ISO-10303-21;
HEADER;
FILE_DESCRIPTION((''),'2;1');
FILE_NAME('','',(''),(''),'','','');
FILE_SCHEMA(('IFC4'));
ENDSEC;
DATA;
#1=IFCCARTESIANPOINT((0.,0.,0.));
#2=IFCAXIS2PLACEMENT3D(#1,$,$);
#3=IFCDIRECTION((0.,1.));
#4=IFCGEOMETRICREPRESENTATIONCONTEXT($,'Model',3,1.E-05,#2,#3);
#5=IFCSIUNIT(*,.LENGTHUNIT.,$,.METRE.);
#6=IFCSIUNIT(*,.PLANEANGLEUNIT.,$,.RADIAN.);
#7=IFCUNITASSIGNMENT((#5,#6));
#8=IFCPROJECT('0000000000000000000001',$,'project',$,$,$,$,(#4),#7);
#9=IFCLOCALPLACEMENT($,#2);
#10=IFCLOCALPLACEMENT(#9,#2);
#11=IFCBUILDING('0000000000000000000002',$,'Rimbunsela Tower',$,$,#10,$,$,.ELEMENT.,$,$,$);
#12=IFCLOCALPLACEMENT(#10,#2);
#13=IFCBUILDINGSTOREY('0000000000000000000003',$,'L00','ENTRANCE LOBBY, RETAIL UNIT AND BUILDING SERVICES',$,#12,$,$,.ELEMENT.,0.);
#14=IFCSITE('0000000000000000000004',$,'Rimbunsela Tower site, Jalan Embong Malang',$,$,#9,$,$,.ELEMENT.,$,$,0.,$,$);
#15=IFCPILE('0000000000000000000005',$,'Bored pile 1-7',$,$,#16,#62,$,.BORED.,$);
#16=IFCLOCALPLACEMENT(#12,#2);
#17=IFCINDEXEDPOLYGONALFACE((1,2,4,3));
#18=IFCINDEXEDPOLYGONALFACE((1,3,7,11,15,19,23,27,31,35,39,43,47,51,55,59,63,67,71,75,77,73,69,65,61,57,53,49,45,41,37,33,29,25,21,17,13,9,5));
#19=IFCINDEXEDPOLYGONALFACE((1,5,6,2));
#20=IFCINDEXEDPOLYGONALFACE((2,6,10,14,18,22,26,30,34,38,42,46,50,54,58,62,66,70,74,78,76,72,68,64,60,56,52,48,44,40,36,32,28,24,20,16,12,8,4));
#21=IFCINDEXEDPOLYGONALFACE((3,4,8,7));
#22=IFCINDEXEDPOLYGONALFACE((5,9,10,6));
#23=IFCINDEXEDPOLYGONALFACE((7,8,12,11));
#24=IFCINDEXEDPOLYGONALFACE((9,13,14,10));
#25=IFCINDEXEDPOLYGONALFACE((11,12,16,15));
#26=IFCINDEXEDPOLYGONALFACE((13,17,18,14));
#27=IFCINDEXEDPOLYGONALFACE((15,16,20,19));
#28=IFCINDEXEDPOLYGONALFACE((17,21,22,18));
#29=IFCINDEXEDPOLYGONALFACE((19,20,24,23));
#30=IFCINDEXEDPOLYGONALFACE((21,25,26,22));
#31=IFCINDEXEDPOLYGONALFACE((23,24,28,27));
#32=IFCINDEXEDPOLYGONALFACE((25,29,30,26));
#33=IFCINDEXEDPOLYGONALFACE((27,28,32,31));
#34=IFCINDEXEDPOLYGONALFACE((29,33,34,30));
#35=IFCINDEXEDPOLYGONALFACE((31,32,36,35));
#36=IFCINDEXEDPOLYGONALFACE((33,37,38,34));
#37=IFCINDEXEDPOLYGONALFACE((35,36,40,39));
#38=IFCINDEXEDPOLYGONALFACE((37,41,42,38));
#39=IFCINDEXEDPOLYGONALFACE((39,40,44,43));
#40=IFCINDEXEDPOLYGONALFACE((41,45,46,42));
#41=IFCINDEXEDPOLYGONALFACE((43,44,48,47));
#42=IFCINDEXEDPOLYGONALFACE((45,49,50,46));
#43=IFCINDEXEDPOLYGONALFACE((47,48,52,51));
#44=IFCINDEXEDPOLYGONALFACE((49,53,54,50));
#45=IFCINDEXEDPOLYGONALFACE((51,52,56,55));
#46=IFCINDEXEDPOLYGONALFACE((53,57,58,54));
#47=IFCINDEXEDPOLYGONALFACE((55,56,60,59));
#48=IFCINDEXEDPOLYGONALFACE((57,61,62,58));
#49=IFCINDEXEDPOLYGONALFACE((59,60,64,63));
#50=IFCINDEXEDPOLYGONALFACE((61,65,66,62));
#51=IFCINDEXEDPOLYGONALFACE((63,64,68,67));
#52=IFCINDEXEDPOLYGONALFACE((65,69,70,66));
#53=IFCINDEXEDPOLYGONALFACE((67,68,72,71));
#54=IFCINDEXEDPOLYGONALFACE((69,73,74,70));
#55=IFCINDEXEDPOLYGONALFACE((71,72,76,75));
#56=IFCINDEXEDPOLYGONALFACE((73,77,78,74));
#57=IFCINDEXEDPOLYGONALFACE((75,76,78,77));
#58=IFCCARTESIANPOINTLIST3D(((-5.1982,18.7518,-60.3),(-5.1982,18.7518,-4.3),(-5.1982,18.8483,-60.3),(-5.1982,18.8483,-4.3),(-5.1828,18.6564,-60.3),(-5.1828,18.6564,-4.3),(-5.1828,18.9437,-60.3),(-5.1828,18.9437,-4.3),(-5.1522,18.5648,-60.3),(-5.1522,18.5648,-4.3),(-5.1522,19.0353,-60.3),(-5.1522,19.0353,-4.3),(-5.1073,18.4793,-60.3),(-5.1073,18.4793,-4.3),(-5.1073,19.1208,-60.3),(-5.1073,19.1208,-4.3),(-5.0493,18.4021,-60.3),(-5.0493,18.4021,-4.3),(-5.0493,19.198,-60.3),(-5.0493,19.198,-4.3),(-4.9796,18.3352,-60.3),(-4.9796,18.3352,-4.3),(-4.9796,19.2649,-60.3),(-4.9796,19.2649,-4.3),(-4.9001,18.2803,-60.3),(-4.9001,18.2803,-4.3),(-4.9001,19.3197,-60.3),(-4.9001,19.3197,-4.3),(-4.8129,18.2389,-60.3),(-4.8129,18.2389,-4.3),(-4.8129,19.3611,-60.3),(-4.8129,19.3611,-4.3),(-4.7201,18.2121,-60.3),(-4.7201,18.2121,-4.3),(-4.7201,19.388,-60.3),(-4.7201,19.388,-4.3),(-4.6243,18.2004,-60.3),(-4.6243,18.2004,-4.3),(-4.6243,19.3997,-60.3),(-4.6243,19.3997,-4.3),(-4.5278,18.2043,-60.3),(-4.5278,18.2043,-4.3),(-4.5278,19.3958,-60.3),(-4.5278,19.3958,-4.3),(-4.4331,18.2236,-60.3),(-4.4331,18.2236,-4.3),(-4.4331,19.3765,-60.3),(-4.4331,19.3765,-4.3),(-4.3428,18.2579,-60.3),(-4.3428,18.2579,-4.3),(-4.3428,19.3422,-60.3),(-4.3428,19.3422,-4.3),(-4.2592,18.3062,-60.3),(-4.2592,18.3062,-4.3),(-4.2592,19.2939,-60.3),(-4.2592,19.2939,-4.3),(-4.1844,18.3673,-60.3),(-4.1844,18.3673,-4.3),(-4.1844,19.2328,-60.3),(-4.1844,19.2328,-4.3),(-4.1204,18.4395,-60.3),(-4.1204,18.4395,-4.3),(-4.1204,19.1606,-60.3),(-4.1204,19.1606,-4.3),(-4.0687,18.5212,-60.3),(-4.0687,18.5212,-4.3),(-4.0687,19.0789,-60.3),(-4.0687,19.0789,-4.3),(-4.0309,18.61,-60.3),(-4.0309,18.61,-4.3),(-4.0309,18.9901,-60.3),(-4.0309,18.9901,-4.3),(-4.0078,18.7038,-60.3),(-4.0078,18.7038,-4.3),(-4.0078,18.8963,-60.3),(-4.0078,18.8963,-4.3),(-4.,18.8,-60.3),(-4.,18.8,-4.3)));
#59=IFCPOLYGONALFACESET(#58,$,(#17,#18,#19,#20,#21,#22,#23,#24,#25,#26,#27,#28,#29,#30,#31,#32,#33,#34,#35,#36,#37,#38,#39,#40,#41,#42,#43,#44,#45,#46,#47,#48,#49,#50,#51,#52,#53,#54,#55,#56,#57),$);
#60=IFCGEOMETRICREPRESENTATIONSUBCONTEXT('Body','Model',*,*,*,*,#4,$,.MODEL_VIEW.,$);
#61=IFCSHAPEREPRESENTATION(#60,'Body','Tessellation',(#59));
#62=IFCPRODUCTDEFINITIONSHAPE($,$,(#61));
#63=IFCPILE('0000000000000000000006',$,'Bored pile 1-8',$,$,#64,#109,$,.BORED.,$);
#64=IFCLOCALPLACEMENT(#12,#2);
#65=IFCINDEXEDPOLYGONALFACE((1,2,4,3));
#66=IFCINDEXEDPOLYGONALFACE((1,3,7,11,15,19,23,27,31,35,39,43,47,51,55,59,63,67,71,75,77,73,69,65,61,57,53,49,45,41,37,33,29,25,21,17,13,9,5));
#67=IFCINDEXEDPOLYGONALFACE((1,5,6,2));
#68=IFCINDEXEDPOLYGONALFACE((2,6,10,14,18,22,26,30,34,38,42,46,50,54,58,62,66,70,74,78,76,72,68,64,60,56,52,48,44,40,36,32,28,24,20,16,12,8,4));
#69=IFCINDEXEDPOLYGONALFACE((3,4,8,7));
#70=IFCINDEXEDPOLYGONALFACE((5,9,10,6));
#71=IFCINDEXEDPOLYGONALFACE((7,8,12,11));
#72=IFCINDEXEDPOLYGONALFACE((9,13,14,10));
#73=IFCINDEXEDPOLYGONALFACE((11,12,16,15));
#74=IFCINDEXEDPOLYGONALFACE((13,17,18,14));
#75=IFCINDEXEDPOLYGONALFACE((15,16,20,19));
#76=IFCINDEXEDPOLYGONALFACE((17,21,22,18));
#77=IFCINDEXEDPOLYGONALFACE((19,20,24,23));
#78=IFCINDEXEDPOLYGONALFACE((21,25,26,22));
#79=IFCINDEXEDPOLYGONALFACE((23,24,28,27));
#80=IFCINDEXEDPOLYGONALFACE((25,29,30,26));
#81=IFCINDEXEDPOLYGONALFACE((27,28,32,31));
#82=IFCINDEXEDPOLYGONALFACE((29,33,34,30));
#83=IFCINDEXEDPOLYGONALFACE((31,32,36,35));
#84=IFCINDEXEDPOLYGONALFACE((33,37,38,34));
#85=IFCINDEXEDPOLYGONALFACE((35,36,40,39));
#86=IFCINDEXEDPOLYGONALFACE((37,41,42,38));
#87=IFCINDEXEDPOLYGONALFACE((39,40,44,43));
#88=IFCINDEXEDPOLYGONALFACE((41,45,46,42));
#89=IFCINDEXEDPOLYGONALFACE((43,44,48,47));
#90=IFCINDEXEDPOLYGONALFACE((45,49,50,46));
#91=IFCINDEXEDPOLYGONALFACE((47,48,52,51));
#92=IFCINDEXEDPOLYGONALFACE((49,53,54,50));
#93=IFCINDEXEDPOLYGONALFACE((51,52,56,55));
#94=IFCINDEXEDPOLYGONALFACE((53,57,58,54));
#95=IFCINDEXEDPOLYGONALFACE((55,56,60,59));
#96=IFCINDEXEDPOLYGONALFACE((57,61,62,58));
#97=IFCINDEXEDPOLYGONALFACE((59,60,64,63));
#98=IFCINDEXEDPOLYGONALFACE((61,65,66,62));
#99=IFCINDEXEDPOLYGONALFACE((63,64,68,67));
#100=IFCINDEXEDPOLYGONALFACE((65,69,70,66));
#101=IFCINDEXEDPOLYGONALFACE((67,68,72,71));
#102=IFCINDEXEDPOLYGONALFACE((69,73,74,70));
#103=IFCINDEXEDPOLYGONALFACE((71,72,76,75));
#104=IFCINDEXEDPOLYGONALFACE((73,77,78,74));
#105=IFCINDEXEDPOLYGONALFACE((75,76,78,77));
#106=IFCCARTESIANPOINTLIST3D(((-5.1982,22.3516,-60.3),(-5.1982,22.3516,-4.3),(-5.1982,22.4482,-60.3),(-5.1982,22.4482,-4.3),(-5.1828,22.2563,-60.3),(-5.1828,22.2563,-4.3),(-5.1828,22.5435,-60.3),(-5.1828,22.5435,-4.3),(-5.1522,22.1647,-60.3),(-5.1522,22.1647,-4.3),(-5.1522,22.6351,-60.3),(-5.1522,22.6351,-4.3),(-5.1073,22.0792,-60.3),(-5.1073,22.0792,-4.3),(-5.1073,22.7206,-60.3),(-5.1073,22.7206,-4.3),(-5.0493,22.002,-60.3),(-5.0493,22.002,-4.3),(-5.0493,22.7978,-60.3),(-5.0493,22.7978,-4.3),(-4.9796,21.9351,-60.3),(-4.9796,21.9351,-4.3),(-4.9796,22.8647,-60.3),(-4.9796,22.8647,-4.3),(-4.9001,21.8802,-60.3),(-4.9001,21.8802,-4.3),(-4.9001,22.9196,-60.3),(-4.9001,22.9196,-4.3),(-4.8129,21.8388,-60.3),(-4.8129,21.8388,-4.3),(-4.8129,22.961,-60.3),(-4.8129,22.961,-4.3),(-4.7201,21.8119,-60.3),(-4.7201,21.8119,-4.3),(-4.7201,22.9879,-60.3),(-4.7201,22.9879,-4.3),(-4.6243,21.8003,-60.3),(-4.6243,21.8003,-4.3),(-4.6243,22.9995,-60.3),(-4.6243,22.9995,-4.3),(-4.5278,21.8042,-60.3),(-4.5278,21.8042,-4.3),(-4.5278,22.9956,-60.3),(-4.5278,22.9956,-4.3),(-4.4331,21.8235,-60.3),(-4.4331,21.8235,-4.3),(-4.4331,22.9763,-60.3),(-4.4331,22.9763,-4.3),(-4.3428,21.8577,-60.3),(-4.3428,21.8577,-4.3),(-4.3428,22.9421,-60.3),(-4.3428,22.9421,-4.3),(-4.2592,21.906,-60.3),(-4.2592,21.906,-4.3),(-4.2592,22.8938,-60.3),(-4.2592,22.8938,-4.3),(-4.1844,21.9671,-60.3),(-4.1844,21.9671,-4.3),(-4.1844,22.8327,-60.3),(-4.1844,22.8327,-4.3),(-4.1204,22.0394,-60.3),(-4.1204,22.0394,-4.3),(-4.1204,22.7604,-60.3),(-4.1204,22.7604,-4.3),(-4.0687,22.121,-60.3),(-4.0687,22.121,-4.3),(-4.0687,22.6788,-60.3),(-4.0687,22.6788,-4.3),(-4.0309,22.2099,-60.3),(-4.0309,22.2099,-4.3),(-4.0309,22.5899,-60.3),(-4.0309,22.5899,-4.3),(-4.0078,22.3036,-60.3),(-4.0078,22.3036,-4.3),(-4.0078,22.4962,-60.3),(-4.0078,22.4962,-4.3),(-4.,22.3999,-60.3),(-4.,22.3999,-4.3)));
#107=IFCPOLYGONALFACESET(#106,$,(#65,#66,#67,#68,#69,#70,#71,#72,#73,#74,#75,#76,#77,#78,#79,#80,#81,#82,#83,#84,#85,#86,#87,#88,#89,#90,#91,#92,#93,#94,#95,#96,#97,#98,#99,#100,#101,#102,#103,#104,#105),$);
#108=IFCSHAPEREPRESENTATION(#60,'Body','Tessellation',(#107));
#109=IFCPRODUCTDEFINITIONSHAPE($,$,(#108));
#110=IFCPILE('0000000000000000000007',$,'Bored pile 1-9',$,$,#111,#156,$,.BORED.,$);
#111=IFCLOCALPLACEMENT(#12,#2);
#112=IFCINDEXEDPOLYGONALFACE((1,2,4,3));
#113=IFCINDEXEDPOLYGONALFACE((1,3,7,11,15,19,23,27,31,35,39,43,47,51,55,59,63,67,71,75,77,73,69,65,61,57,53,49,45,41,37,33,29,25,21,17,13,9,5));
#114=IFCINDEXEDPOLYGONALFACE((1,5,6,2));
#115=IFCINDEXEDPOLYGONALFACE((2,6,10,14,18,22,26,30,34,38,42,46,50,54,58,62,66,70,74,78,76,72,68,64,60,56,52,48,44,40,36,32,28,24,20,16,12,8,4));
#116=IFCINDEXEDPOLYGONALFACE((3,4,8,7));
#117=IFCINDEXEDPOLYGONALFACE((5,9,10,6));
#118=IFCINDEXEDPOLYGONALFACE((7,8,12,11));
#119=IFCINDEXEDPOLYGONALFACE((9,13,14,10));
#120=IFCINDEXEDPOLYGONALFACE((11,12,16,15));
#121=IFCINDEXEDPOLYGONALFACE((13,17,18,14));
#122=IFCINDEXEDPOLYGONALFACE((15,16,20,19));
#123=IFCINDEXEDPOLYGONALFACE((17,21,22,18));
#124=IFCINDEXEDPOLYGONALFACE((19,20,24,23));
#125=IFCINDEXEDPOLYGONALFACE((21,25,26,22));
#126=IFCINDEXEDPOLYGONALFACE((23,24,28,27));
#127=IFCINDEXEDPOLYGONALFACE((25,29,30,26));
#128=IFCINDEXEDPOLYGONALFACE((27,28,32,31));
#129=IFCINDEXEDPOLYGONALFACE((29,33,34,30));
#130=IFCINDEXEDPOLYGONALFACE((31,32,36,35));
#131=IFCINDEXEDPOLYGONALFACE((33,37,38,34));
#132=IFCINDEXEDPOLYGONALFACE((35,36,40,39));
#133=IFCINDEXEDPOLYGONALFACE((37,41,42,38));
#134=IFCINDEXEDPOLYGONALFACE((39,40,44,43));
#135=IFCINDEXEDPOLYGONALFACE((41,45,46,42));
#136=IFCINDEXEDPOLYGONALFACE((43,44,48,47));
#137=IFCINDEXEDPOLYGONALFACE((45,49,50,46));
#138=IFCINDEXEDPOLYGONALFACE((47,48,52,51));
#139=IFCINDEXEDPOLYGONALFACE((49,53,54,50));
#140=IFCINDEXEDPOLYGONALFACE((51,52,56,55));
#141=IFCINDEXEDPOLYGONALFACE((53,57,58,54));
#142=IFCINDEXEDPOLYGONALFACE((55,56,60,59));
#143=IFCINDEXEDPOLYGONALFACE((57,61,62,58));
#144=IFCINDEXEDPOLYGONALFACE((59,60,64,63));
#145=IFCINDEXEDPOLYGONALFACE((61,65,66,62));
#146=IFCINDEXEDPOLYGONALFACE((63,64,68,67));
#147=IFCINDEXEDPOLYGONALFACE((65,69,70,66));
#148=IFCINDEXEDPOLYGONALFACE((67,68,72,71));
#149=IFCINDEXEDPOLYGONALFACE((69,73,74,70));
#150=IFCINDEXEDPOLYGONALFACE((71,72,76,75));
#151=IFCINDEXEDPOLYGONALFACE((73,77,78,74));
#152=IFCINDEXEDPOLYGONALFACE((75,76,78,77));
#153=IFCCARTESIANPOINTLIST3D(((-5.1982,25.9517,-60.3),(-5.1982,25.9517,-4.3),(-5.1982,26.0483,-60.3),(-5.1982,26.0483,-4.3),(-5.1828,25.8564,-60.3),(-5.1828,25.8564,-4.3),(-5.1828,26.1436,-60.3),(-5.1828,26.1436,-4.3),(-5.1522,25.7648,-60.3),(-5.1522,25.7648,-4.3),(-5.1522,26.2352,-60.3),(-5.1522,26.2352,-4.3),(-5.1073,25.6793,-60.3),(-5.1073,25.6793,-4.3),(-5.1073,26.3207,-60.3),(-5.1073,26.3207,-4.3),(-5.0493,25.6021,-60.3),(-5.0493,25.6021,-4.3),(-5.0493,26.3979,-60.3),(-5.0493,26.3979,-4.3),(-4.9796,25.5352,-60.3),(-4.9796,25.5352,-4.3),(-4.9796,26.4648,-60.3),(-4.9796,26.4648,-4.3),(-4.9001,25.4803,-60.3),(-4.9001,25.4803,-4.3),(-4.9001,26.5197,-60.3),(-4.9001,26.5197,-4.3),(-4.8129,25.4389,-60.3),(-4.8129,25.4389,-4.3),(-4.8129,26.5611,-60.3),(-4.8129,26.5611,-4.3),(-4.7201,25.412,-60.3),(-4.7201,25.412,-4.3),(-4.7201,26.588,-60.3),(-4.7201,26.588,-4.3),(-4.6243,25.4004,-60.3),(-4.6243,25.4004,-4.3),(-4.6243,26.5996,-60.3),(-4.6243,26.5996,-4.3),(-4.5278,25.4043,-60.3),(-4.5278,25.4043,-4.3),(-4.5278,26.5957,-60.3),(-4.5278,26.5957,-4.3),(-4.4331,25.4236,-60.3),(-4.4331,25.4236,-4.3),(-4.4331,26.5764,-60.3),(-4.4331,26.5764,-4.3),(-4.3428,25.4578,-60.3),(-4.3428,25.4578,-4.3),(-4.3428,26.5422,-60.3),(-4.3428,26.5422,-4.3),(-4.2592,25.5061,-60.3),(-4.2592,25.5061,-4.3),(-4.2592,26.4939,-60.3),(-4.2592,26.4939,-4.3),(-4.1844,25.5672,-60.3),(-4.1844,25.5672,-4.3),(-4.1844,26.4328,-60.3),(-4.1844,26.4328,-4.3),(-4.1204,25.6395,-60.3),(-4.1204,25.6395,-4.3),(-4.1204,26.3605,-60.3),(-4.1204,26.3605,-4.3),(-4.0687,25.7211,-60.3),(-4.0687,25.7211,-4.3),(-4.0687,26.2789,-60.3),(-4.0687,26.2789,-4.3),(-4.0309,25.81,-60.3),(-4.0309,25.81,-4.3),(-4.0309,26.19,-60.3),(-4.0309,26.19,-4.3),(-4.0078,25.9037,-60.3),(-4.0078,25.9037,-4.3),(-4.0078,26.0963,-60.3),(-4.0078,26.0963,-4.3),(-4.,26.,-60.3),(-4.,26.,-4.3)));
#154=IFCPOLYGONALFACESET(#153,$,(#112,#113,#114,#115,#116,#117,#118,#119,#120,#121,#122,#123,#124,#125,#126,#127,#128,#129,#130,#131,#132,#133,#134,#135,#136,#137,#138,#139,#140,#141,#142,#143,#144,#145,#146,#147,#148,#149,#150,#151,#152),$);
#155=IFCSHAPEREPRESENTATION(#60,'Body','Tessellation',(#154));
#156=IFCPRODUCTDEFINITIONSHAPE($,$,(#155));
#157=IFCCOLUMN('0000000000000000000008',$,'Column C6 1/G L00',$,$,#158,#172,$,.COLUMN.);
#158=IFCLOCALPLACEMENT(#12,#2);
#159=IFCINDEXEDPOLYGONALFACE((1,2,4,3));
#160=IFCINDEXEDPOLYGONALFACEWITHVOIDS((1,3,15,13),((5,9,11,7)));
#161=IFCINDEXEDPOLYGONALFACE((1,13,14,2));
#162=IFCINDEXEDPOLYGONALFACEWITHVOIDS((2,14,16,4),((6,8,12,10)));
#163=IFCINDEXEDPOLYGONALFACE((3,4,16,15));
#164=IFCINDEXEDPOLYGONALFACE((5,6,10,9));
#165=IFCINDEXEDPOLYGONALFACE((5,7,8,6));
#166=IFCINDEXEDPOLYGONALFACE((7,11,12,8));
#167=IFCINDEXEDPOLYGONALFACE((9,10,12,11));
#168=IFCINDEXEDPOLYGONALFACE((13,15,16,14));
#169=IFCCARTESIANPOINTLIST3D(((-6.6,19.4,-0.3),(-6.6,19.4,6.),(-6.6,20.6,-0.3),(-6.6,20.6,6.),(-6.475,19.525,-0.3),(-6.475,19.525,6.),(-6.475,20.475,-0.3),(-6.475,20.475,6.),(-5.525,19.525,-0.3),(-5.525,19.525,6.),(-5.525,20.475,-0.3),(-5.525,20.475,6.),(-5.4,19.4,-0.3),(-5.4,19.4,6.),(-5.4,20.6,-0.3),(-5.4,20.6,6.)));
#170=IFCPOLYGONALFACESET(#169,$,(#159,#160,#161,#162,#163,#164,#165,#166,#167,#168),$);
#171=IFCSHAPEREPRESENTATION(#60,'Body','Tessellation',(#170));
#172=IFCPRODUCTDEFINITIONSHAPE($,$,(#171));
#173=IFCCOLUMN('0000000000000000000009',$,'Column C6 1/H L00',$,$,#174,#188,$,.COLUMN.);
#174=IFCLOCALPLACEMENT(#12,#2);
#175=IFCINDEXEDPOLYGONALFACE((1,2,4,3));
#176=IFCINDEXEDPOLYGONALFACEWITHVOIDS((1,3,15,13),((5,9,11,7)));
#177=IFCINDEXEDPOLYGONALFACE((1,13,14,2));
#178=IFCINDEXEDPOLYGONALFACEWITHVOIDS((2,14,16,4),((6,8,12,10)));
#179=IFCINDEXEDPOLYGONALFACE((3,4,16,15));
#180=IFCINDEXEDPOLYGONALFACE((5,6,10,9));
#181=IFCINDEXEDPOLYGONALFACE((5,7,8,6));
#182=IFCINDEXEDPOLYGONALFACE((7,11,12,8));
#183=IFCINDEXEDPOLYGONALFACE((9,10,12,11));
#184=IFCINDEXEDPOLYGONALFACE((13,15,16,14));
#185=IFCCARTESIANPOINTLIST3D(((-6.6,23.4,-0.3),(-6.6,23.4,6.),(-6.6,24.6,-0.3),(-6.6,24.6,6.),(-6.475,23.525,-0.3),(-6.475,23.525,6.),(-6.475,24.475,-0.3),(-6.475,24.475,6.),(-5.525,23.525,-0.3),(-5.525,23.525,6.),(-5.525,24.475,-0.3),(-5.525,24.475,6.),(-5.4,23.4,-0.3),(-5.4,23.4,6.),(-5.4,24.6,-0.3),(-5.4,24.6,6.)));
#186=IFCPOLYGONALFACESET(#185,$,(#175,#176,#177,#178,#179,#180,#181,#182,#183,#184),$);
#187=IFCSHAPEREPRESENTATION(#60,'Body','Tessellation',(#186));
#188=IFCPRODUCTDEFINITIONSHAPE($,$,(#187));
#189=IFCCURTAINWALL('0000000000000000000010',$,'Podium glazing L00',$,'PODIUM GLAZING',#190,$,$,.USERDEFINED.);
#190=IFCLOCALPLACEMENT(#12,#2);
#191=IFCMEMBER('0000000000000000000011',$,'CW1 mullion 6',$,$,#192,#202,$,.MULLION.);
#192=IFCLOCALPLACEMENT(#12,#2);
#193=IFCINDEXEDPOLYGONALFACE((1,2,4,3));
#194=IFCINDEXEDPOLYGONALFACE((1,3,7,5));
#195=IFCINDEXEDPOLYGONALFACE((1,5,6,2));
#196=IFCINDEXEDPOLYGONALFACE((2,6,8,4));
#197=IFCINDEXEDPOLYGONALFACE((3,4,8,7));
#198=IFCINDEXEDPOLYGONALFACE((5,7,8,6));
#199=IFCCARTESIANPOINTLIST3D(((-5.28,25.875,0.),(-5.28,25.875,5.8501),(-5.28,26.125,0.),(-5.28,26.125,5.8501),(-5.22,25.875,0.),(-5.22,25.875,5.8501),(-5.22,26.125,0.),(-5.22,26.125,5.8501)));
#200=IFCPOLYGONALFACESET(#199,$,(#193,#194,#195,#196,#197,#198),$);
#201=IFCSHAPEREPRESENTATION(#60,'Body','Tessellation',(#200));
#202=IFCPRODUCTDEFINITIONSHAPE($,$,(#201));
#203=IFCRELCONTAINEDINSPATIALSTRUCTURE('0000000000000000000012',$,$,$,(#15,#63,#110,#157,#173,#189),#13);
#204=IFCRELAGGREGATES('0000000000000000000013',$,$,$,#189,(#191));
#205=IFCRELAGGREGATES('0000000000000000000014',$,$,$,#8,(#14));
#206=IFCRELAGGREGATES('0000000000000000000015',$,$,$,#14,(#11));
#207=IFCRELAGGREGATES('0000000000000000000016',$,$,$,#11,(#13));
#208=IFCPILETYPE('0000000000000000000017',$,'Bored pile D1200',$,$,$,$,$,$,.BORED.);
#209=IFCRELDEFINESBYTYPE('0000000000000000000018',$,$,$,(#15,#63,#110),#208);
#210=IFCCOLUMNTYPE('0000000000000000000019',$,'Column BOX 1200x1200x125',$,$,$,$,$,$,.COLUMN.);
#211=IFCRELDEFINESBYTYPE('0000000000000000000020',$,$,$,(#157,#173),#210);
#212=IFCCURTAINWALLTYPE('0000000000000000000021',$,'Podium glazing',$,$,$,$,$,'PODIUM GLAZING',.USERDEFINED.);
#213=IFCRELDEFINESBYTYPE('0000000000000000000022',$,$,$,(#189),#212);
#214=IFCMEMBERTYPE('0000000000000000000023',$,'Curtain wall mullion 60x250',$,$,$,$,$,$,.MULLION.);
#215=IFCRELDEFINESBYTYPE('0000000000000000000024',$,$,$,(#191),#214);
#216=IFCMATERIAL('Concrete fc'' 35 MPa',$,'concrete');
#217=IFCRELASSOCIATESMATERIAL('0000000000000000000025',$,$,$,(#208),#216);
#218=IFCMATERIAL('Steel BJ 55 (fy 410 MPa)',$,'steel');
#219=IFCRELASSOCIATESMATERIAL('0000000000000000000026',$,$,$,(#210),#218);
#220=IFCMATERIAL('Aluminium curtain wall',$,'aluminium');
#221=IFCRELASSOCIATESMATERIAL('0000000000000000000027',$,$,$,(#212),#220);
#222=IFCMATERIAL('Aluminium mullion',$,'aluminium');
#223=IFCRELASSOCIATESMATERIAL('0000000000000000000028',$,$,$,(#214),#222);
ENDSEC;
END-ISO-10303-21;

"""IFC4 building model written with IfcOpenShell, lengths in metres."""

from ifc_helpers import new_model, si_unit, direction, frame, origin, origin_2d, place, context, subcontext, project, spatial, rectangle, hollow_rectangle, circle, extrude, material, material_profile, profile_set, type_object, element, aggregate, save


model = new_model("IFC4")

# Units and contexts
model_context = context("Model", 3, precision=1e-05, world=origin(), true_north=direction((0.0, 1.0)))
body_context = subcontext(model_context, "Body", "Model", "MODEL_VIEW")
ifc_project = project(units=[si_unit("LENGTHUNIT", "METRE"), si_unit("PLANEANGLEUNIT", "RADIAN")], contexts=[model_context])

# Site, building, storey
site_placement = place(None, origin())
site = spatial("IfcSite", under=ifc_project, at=site_placement, Name="Rimbunsela Tower site, Jalan Embong Malang", CompositionType="ELEMENT", RefElevation=0.0)
building_placement = place(site_placement, origin())
building = spatial("IfcBuilding", under=site, at=building_placement, Name="Rimbunsela Tower", CompositionType="ELEMENT")
storey_placement = place(building_placement, origin())
storey = spatial("IfcBuildingStorey", under=building, at=storey_placement, Name="L00", Description="ENTRANCE LOBBY, RETAIL UNIT AND BUILDING SERVICES", CompositionType="ELEMENT", Elevation=0.0)

# Piles
ifc_material_1 = material(Name="Concrete fc' 35 MPa", Category="concrete")
ifc_material_profile_1 = material_profile(ifc_material_1, circle(Radius=0.6001, at=origin_2d()), Name="BP D1200")
ifc_profile_set_1 = profile_set([ifc_material_profile_1], Name="Concrete fc' 35 MPa")
pile_type = type_object("IfcPileType", Name="Bored pile D1200", PredefinedType="BORED", material=ifc_profile_set_1)
for number, where, z_axis, x_axis, name in (
    (1, (-4.6001, 18.8, -4.3), (0.0, 0.0, -1.0), (1.0, 0.0, 0.0), "Bored pile 1-7"),
    (2, (-4.6001, 22.3999, -4.3), (0.0, 0.0, -1.0), (1.0, 0.0, 0.0), "Bored pile 1-8"),
    (3, (-4.6001, 26.0, -4.3), (0.0, 0.0, -1.0), (1.0, 0.0, 0.0), "Bored pile 1-9"),
):
    element("IfcPile", number, at=place(storey_placement, frame(where, z_axis=z_axis, x_axis=x_axis)), inside=storey, type_object=pile_type, Name=name, PredefinedType="BORED", context=body_context, shape_type="SweptSolid", body=[
        extrude(circle(Radius=0.6001, at=origin_2d()), origin(), (0.0, 0.0, 1.0), 56.0),
    ])

# Columns
ifc_material_2 = material(Name="Steel BJ 55 (fy 410 MPa)", Category="steel")
ifc_material_profile_2 = material_profile(ifc_material_2, hollow_rectangle(XDim=1.2, YDim=1.2, WallThickness=0.125, at=origin_2d()), Name="BOX 1200x1200x125")
ifc_profile_set_2 = profile_set([ifc_material_profile_2], Name="Steel BJ 55 (fy 410 MPa)")
column_type = type_object("IfcColumnType", Name="Column BOX 1200x1200x125", PredefinedType="COLUMN", material=ifc_profile_set_2)
for number, where, z_axis, x_axis, name in (
    (4, (-6.0, 20.0, -0.3), (0.0, 0.0, 1.0), (1.0, 0.0, 0.0), "Column C6 1/G L00"),
    (5, (-6.0, 24.0, -0.3), (0.0, 0.0, 1.0), (1.0, 0.0, 0.0), "Column C6 1/H L00"),
):
    element("IfcColumn", number, at=place(storey_placement, frame(where, z_axis=z_axis, x_axis=x_axis)), inside=storey, type_object=column_type, Name=name, PredefinedType="COLUMN", context=body_context, shape_type="SweptSolid", body=[
        extrude(hollow_rectangle(XDim=1.2, YDim=1.2, WallThickness=0.125, at=origin_2d()), origin(), (0.0, 0.0, 1.0), 6.3),
    ])

# Curtain wall, member
ifc_material_3 = material(Name="Aluminium curtain wall", Category="aluminium")
curtain_wall_type = type_object("IfcCurtainWallType", Name="Podium glazing", ElementType="PODIUM GLAZING", PredefinedType="USERDEFINED", material=ifc_material_3)
curtain_wall_placement = place(storey_placement, origin())
curtain_wall = element("IfcCurtainWall", 6, at=curtain_wall_placement, inside=storey, type_object=curtain_wall_type, Name="Podium glazing L00", ObjectType="PODIUM GLAZING", PredefinedType="USERDEFINED")
ifc_material_4 = material(Name="Aluminium mullion", Category="aluminium")
ifc_material_profile_3 = material_profile(ifc_material_4, rectangle(XDim=0.0601, YDim=0.25, at=origin_2d()), Name="Mullion 60x250")
ifc_profile_set_3 = profile_set([ifc_material_profile_3], Name="Aluminium mullion")
member_type_1 = type_object("IfcMemberType", Name="Curtain wall mullion 60x250", PredefinedType="MULLION", material=ifc_profile_set_3)
member_1_placement = place(storey_placement, frame((-5.25, 26.0, 0.0), z_axis=(0.0, 0.0, 1.0), x_axis=(1.0, 0.0, 0.0)))
member_1 = element("IfcMember", 7, at=member_1_placement, type_object=member_type_1, Name="CW1 mullion 6", PredefinedType="MULLION", context=body_context, shape_type="SweptSolid", body=[
    extrude(rectangle(XDim=0.0601, YDim=0.25, at=origin_2d()), origin(), (0.0, 0.0, 1.0), 5.8501),
])
aggregate(curtain_wall, [member_1])

save(model, "model.ifc")
